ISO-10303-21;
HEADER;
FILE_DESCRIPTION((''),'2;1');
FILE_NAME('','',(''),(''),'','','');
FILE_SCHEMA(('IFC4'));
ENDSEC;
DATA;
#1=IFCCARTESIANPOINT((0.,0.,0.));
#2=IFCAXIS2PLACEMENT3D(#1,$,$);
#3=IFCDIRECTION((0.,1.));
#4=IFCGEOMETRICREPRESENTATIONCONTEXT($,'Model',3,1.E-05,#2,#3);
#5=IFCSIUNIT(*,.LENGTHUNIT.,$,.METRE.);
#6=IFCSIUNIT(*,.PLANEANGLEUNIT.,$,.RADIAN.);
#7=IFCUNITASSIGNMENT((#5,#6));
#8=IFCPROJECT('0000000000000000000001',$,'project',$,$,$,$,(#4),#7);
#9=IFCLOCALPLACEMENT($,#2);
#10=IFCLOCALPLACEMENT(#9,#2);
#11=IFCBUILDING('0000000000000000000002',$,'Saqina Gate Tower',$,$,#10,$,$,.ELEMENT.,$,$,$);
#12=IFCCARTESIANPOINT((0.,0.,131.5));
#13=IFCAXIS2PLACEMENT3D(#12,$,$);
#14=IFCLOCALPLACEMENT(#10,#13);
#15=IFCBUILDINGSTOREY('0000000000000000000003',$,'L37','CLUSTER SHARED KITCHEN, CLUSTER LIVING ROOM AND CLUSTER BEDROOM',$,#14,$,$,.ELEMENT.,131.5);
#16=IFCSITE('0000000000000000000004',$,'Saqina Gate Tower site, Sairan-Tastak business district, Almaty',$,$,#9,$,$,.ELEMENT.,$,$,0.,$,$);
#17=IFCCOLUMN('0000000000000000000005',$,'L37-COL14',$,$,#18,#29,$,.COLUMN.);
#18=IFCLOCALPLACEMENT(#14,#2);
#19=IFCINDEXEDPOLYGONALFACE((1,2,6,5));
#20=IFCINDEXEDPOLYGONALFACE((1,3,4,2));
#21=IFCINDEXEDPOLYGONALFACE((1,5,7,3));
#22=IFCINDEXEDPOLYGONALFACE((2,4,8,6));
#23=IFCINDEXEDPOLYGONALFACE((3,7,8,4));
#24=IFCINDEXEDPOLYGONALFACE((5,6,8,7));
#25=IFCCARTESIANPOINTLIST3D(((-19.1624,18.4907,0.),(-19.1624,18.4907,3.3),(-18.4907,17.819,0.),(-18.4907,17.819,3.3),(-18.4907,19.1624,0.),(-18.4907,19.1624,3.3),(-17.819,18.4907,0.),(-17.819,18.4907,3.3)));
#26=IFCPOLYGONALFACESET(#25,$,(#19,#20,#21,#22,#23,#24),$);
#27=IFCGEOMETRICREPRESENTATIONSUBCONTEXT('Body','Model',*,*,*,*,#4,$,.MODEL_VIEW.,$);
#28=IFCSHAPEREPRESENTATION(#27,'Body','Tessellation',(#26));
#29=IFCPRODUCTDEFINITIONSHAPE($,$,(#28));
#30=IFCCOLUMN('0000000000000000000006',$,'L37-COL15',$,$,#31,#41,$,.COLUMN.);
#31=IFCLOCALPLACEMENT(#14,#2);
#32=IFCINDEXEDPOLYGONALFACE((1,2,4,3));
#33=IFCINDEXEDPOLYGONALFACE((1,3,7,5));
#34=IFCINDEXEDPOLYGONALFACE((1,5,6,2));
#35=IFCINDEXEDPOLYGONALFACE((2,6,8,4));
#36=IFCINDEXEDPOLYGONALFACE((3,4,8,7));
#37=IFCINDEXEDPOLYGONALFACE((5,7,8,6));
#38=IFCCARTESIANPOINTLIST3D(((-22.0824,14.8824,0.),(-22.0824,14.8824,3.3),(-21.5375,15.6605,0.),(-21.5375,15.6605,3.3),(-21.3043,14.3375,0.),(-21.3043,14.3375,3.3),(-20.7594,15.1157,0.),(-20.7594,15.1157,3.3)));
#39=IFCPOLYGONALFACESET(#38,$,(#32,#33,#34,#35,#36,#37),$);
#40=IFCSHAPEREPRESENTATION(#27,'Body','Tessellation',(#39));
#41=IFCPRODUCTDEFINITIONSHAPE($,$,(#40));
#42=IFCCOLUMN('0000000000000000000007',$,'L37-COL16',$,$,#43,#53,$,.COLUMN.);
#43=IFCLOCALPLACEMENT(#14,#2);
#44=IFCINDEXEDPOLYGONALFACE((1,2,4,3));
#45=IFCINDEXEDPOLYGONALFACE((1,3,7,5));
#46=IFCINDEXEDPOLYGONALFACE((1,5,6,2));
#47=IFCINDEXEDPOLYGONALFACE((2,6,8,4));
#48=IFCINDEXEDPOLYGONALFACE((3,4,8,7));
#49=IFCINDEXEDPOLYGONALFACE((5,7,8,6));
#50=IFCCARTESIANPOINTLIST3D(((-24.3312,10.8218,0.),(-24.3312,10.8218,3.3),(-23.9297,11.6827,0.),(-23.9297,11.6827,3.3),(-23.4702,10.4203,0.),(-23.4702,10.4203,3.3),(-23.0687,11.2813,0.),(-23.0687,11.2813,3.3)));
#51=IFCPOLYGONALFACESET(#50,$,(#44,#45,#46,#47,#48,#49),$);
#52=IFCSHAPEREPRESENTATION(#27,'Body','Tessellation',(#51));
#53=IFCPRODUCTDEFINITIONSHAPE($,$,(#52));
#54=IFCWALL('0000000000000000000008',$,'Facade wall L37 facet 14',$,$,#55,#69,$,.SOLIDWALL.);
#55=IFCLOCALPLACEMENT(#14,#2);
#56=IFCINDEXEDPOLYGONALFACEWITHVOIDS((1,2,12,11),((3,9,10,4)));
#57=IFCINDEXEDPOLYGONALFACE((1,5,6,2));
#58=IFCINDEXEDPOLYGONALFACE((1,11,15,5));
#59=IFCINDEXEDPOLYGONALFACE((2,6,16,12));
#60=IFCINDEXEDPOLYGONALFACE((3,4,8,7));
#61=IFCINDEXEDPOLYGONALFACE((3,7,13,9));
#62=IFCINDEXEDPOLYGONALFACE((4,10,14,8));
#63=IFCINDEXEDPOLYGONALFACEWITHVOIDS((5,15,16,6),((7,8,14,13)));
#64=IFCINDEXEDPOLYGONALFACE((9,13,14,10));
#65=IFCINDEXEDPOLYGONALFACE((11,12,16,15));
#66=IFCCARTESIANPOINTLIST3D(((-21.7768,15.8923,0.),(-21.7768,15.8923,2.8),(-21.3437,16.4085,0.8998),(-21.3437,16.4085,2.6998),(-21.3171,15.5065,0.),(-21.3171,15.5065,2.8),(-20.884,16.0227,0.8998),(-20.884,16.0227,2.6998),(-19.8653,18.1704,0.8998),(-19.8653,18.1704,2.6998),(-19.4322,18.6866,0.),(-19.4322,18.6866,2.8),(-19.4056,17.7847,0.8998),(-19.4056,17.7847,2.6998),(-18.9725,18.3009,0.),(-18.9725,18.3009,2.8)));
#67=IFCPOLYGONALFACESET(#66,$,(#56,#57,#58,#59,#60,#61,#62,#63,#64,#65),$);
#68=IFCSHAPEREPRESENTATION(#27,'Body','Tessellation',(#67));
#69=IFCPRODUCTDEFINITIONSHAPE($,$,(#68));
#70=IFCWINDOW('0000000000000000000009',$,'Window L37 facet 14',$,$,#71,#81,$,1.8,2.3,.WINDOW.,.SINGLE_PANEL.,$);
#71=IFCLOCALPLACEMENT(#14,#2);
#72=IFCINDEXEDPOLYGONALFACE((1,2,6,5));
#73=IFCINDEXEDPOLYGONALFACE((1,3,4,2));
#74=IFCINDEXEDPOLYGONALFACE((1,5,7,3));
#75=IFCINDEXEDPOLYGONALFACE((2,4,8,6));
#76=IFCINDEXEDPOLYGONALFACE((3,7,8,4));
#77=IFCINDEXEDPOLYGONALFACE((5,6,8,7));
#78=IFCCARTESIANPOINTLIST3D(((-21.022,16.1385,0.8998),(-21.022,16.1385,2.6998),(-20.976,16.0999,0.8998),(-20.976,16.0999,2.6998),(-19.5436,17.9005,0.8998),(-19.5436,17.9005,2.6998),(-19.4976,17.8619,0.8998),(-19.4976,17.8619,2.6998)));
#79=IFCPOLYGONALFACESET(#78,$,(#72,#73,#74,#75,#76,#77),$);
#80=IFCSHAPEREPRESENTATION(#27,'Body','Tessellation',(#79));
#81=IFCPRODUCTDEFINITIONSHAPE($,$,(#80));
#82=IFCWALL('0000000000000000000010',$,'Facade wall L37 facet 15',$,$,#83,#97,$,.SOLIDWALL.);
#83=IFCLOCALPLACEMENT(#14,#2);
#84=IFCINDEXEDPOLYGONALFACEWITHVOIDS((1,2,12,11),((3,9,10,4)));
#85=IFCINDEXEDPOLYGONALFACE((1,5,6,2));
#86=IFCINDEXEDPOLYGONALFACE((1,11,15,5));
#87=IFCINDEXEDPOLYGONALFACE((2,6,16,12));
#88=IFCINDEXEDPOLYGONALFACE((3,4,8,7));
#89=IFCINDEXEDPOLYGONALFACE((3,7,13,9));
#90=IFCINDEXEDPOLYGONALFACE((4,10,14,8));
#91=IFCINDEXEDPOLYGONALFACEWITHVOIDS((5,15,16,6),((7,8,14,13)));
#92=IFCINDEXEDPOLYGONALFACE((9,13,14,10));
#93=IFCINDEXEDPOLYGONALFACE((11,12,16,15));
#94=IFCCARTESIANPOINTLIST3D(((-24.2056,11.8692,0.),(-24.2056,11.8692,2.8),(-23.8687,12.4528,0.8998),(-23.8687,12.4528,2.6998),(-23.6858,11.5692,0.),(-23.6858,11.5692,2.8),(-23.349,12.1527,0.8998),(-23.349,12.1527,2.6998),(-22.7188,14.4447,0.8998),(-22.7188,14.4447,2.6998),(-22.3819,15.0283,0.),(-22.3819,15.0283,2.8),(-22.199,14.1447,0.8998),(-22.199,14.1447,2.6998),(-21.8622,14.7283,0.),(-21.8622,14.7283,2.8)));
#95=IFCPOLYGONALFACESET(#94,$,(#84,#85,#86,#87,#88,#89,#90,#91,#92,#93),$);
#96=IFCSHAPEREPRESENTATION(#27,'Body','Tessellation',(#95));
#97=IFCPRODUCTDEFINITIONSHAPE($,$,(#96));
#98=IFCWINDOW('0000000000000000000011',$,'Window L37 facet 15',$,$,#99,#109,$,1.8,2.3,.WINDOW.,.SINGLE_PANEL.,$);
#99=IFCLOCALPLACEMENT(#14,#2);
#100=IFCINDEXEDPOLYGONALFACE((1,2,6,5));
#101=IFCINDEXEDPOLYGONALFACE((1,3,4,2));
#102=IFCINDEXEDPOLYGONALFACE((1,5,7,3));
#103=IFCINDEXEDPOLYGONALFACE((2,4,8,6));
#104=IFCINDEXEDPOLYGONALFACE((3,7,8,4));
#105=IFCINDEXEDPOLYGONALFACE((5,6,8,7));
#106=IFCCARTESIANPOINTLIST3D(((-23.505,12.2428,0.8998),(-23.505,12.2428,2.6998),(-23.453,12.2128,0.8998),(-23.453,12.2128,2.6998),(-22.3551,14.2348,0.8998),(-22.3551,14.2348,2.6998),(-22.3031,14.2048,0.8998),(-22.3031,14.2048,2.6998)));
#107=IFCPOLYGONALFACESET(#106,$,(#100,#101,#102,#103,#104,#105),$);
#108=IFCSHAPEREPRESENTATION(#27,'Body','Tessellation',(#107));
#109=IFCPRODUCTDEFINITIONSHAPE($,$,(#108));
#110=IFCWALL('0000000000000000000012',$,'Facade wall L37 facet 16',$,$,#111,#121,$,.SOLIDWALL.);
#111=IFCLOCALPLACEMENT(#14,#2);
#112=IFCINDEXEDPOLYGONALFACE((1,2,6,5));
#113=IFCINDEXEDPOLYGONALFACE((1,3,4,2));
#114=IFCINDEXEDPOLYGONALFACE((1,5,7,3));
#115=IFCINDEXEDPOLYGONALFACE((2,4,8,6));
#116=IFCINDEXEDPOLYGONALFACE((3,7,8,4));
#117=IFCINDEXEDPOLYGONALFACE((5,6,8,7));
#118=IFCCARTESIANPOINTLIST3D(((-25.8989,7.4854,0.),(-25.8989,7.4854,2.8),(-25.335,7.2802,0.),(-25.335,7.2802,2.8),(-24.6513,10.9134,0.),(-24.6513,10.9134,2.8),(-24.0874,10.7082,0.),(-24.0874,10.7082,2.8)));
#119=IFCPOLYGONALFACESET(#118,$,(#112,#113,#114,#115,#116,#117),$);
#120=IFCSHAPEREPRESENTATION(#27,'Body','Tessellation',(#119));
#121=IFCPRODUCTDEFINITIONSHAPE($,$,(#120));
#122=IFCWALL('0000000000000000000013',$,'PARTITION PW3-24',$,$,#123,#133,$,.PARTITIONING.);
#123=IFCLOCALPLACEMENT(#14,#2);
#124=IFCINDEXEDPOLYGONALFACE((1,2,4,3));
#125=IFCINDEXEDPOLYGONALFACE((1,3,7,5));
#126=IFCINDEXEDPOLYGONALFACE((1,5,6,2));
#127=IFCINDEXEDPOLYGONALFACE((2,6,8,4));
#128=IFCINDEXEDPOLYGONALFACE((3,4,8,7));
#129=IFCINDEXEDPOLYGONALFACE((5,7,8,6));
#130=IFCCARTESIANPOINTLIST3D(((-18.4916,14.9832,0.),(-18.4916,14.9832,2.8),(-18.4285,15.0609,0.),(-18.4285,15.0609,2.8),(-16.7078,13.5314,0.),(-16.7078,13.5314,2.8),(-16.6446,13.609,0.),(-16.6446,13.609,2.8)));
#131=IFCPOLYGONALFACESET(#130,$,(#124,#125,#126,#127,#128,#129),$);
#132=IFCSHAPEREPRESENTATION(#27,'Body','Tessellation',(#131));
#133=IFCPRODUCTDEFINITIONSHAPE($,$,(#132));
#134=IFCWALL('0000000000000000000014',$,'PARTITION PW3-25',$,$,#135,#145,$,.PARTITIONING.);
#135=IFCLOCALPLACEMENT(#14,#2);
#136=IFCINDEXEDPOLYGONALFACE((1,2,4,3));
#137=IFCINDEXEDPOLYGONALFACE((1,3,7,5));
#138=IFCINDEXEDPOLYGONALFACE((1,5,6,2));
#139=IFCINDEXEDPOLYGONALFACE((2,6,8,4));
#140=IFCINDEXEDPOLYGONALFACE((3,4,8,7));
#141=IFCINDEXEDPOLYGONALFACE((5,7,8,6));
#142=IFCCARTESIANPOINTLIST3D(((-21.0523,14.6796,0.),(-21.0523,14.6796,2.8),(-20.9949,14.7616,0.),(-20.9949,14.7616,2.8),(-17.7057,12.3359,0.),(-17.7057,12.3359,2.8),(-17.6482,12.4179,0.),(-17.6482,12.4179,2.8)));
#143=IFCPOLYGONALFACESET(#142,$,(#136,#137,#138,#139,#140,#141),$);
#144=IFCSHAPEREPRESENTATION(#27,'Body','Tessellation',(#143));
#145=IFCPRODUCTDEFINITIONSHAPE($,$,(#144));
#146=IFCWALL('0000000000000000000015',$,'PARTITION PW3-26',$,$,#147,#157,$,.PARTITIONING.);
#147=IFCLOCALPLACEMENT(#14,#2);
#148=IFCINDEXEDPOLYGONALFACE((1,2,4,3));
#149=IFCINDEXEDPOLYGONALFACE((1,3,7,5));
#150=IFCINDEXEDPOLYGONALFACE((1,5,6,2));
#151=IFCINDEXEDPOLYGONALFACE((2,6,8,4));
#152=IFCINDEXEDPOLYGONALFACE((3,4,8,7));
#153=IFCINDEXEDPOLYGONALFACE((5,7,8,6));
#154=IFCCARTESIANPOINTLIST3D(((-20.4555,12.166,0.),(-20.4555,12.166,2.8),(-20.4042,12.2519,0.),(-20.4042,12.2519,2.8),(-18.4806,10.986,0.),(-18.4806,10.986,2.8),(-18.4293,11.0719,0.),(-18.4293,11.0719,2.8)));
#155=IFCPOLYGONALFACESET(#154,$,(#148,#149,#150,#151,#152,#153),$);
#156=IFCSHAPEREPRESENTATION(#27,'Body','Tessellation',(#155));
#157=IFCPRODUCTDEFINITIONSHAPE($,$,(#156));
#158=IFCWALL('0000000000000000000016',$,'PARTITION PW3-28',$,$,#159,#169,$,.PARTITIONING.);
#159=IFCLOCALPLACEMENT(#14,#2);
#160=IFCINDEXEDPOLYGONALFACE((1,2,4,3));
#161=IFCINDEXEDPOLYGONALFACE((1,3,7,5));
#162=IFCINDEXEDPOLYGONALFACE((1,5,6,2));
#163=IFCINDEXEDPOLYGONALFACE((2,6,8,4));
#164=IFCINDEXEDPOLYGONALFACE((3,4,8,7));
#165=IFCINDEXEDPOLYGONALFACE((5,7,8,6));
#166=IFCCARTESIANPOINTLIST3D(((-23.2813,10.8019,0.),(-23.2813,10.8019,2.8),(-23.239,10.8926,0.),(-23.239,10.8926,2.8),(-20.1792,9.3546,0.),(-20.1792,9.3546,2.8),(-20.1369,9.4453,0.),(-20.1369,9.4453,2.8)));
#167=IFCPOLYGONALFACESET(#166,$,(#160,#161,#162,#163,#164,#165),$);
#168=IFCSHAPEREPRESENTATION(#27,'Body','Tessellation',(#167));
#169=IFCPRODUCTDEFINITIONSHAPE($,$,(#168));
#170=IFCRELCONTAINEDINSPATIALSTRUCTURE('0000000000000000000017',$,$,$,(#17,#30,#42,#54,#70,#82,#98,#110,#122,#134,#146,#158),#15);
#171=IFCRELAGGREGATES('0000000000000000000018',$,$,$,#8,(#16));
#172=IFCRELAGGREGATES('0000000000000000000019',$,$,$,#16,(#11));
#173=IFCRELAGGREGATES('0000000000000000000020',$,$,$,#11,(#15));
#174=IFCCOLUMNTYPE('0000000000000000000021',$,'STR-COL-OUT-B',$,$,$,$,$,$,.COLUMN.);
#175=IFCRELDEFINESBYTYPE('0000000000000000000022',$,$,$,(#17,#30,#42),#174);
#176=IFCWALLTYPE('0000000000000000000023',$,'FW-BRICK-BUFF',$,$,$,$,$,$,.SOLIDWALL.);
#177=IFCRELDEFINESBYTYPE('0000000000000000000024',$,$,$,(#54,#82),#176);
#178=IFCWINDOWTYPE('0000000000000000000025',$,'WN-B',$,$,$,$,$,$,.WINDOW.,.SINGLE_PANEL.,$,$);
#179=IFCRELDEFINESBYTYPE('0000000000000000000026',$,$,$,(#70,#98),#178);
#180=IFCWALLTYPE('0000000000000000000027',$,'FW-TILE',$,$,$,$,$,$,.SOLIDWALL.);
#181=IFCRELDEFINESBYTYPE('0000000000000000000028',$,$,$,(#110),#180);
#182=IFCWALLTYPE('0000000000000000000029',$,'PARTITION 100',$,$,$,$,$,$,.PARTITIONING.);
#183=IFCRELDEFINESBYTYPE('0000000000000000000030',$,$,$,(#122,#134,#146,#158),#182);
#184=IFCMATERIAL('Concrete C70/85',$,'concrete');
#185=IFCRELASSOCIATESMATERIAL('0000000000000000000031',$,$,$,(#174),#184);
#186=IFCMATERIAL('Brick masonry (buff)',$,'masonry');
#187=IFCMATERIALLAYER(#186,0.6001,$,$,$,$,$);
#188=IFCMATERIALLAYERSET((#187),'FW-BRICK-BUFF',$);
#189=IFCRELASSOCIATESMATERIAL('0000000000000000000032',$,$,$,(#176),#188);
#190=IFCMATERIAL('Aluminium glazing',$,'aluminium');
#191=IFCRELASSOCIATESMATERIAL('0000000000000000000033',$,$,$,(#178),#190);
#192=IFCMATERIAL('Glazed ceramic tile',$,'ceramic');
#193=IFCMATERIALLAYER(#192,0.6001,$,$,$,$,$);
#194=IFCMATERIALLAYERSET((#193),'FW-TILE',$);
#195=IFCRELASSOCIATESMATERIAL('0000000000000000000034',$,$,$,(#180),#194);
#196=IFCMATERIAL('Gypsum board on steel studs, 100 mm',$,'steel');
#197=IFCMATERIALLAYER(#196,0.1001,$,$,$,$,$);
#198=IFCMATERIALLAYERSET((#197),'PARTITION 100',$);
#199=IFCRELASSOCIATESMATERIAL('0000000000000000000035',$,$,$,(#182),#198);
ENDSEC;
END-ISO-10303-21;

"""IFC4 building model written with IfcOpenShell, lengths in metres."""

from ifc_helpers import new_model, si_unit, direction, frame, frame_2d, origin, origin_2d, place, context, subcontext, project, spatial, rectangle, extrude, material, layer, layer_set, material_profile, profile_set, type_object, element, fill, save


model = new_model("IFC4")

# Units and contexts
model_context = context("Model", 3, precision=1e-05, world=origin(), true_north=direction((0.0, 1.0)))
body_context = subcontext(model_context, "Body", "Model", "MODEL_VIEW")
ifc_project = project(units=[si_unit("LENGTHUNIT", "METRE"), si_unit("PLANEANGLEUNIT", "RADIAN")], contexts=[model_context])

# Site, building, storey
site_placement = place(None, origin())
site = spatial("IfcSite", under=ifc_project, at=site_placement, Name="Saqina Gate Tower site, Sairan-Tastak business district, Almaty", CompositionType="ELEMENT", RefElevation=0.0)
building_placement = place(site_placement, origin())
building = spatial("IfcBuilding", under=site, at=building_placement, Name="Saqina Gate Tower", CompositionType="ELEMENT")
storey_placement = place(building_placement, frame((0.0, 0.0, 131.5)))
storey = spatial("IfcBuildingStorey", under=building, at=storey_placement, Name="L37", Description="CLUSTER SHARED KITCHEN, CLUSTER LIVING ROOM AND CLUSTER BEDROOM", CompositionType="ELEMENT", Elevation=131.5)

# Columns
ifc_material_1 = material(Name="Concrete C70/85", Category="concrete")
ifc_material_profile = material_profile(ifc_material_1, rectangle(XDim=0.95, YDim=0.95, at=origin_2d()), Name="RC 950x950")
ifc_profile_set = profile_set([ifc_material_profile], Name="Concrete C70/85")
column_type = type_object("IfcColumnType", Name="STR-COL-OUT-B", PredefinedType="COLUMN", material=ifc_profile_set)
for number, where, z_axis, x_axis, name in (
    (1, (-18.4907, 18.4907, 0.0), (0.0, 0.0, 1.0), (-0.707107, 0.707107, 0.0), "L37-COL14"),
    (2, (-21.4209, 14.999, 0.0), (0.0, 0.0, 1.0), (-0.819152, 0.573576, 0.0), "L37-COL15"),
    (3, (-23.7, 11.0515, 0.0), (0.0, 0.0, 1.0), (-0.906308, 0.422618, 0.0), "L37-COL16"),
):
    element("IfcColumn", number, at=place(storey_placement, frame(where, z_axis=z_axis, x_axis=x_axis)), inside=storey, type_object=column_type, Name=name, PredefinedType="COLUMN", context=body_context, shape_type="SweptSolid", body=[
        extrude(rectangle(XDim=0.95, YDim=0.95, at=origin_2d()), origin(), (0.0, 0.0, 1.0), 3.3),
    ])

# Walls, openings, windows
ifc_material_2 = material(Name="Brick masonry (buff)", Category="masonry")
ifc_layer_1 = layer(ifc_material_2, 0.6001)
ifc_layer_set_1 = layer_set([ifc_layer_1], Name="FW-BRICK-BUFF")
wall_type_1 = type_object("IfcWallType", Name="FW-BRICK-BUFF", PredefinedType="SOLIDWALL", material=ifc_layer_set_1)
wall_1_placement = place(storey_placement, frame((-19.2024, 18.4937, 0.0), z_axis=(0.0, 0.0, 1.0), x_axis=(-0.642774, -0.766055, 0.0)))
wall_1 = element("IfcWall", 4, at=wall_1_placement, inside=storey, type_object=wall_type_1, Name="Facade wall L37 facet 14", PredefinedType="SOLIDWALL", context=body_context, shape_type="SweptSolid", body=[
    extrude(rectangle(XDim=3.6477, YDim=0.6001, at=frame_2d((1.8237, 0.0))), origin(), (0.0, 0.0, 1.0), 2.8),
])
opening_1_placement = place(wall_1_placement, frame((0.6738, 0.0, 0.8999)))
opening_1 = element("IfcOpeningElement", 5, at=opening_1_placement, cuts=wall_1, PredefinedType="OPENING", context=body_context, shape_type="SweptSolid", body=[
    extrude(rectangle(XDim=2.3, YDim=1.8, at=frame_2d((1.1499, 0.8999))), frame((0.0, 0.312, 0.0), z_axis=(0.0, -1.0, 0.0), x_axis=(1.0, 0.0, 0.0)), (0.0, 0.0, 1.0), 0.624),
])
ifc_material_3 = material(Name="Aluminium glazing", Category="aluminium")
window_type = type_object("IfcWindowType", Name="WN-B", PartitioningType="SINGLE_PANEL", PredefinedType="WINDOW", material=ifc_material_3)
window_1_placement = place(opening_1_placement, origin())
window_1 = element("IfcWindow", 6, at=window_1_placement, inside=storey, type_object=window_type, Name="Window L37 facet 14", OverallHeight=1.8, OverallWidth=2.3, PartitioningType="SINGLE_PANEL", PredefinedType="WINDOW", context=body_context, shape_type="SweptSolid", body=[
    extrude(rectangle(XDim=2.3, YDim=1.8, at=frame_2d((1.1499, 0.8999))), frame((0.0, 0.1799, 0.0), z_axis=(0.0, -1.0, 0.0), x_axis=(1.0, 0.0, 0.0)), (0.0, 0.0, 1.0), 0.0601),
])
fill(opening_1, window_1)
wall_2_placement = place(storey_placement, frame((-22.1221, 14.8782, 0.0), z_axis=(0.0, 0.0, 1.0), x_axis=(-0.499954, -0.866052, 0.0)))
wall_2 = element("IfcWall", 7, at=wall_2_placement, inside=storey, type_object=wall_type_1, Name="Facade wall L37 facet 15", PredefinedType="SOLIDWALL", context=body_context, shape_type="SweptSolid", body=[
    extrude(rectangle(XDim=3.6477, YDim=0.6001, at=frame_2d((1.8237, 0.0))), origin(), (0.0, 0.0, 1.0), 2.8),
])
opening_2_placement = place(wall_2_placement, frame((0.6738, 0.0, 0.8999)))
opening_2 = element("IfcOpeningElement", 8, at=opening_2_placement, cuts=wall_2, PredefinedType="OPENING", context=body_context, shape_type="SweptSolid", body=[
    extrude(rectangle(XDim=2.3, YDim=1.8, at=frame_2d((1.1499, 0.8999))), frame((0.0, 0.312, 0.0), z_axis=(0.0, -1.0, 0.0), x_axis=(1.0, 0.0, 0.0)), (0.0, 0.0, 1.0), 0.624),
])
window_2_placement = place(opening_2_placement, origin())
window_2 = element("IfcWindow", 9, at=window_2_placement, inside=storey, type_object=window_type, Name="Window L37 facet 15", OverallHeight=1.8, OverallWidth=2.3, PartitioningType="SINGLE_PANEL", PredefinedType="WINDOW", context=body_context, shape_type="SweptSolid", body=[
    extrude(rectangle(XDim=2.3, YDim=1.8, at=frame_2d((1.1499, 0.8999))), frame((0.0, 0.1799, 0.0), z_axis=(0.0, -1.0, 0.0), x_axis=(1.0, 0.0, 0.0)), (0.0, 0.0, 1.0), 0.0601),
])
fill(opening_2, window_2)

# Walls
ifc_material_4 = material(Name="Glazed ceramic tile", Category="ceramic")
ifc_layer_2 = layer(ifc_material_4, 0.6001)
ifc_layer_set_2 = layer_set([ifc_layer_2], Name="FW-TILE")
wall_type_2 = type_object("IfcWallType", Name="FW-TILE", PredefinedType="SOLIDWALL", material=ifc_layer_set_2)
wall_3_placement = place(storey_placement, frame((-24.3694, 10.8108, 0.0), z_axis=(0.0, 0.0, 1.0), x_axis=(-0.34199, -0.939704, 0.0)))
element("IfcWall", 10, at=wall_3_placement, inside=storey, type_object=wall_type_2, Name="Facade wall L37 facet 16", PredefinedType="SOLIDWALL", context=body_context, shape_type="SweptSolid", body=[
    extrude(rectangle(XDim=3.6479, YDim=0.6001, at=frame_2d((1.824, 0.0))), origin(), (0.0, 0.0, 1.0), 2.8),
])
ifc_material_5 = material(Name="Gypsum board on steel studs, 100 mm", Category="steel")
ifc_layer_3 = layer(ifc_material_5, 0.1001)
ifc_layer_set_3 = layer_set([ifc_layer_3], Name="PARTITION 100")
wall_type_3 = type_object("IfcWallType", Name="PARTITION 100", PredefinedType="PARTITIONING", material=ifc_layer_set_3)
wall_4_placement = place(storey_placement, frame((-18.46, 15.022, 0.0), z_axis=(0.0, 0.0, 1.0), x_axis=(0.775591, -0.631236, 0.0)))
element("IfcWall", 11, at=wall_4_placement, inside=storey, type_object=wall_type_3, Name="PARTITION PW3-24", PredefinedType="PARTITIONING", context=body_context, shape_type="SweptSolid", body=[
    extrude(rectangle(XDim=2.3, YDim=0.1001, at=frame_2d((1.1499, 0.0))), origin(), (0.0, 0.0, 1.0), 2.8),
])
wall_5_placement = place(storey_placement, frame((-21.0237, 14.7207, 0.0), z_axis=(0.0, 0.0, 1.0), x_axis=(0.819108, -0.573639, 0.0)))
element("IfcWall", 12, at=wall_5_placement, inside=storey, type_object=wall_type_3, Name="PARTITION PW3-25", PredefinedType="PARTITIONING", context=body_context, shape_type="SweptSolid", body=[
    extrude(rectangle(XDim=4.0857, YDim=0.1001, at=frame_2d((2.043, 0.0))), origin(), (0.0, 0.0, 1.0), 2.8),
])
wall_6_placement = place(storey_placement, frame((-20.4299, 12.209, 0.0), z_axis=(0.0, 0.0, 1.0), x_axis=(0.858447, -0.512903, 0.0)))
element("IfcWall", 13, at=wall_6_placement, inside=storey, type_object=wall_type_3, Name="PARTITION PW3-26", PredefinedType="PARTITIONING", context=body_context, shape_type="SweptSolid", body=[
    extrude(rectangle(XDim=2.3005, YDim=0.1001, at=frame_2d((1.1504, 0.0))), origin(), (0.0, 0.0, 1.0), 2.8),
])
wall_7_placement = place(storey_placement, frame((-23.26, 10.8472, 0.0), z_axis=(0.0, 0.0, 1.0), x_axis=(0.906223, -0.4228, 0.0)))
element("IfcWall", 14, at=wall_7_placement, inside=storey, type_object=wall_type_3, Name="PARTITION PW3-28", PredefinedType="PARTITIONING", context=body_context, shape_type="SweptSolid", body=[
    extrude(rectangle(XDim=3.4231, YDim=0.1001, at=frame_2d((1.7114, 0.0))), origin(), (0.0, 0.0, 1.0), 2.8),
])

save(model, "model.ifc")
